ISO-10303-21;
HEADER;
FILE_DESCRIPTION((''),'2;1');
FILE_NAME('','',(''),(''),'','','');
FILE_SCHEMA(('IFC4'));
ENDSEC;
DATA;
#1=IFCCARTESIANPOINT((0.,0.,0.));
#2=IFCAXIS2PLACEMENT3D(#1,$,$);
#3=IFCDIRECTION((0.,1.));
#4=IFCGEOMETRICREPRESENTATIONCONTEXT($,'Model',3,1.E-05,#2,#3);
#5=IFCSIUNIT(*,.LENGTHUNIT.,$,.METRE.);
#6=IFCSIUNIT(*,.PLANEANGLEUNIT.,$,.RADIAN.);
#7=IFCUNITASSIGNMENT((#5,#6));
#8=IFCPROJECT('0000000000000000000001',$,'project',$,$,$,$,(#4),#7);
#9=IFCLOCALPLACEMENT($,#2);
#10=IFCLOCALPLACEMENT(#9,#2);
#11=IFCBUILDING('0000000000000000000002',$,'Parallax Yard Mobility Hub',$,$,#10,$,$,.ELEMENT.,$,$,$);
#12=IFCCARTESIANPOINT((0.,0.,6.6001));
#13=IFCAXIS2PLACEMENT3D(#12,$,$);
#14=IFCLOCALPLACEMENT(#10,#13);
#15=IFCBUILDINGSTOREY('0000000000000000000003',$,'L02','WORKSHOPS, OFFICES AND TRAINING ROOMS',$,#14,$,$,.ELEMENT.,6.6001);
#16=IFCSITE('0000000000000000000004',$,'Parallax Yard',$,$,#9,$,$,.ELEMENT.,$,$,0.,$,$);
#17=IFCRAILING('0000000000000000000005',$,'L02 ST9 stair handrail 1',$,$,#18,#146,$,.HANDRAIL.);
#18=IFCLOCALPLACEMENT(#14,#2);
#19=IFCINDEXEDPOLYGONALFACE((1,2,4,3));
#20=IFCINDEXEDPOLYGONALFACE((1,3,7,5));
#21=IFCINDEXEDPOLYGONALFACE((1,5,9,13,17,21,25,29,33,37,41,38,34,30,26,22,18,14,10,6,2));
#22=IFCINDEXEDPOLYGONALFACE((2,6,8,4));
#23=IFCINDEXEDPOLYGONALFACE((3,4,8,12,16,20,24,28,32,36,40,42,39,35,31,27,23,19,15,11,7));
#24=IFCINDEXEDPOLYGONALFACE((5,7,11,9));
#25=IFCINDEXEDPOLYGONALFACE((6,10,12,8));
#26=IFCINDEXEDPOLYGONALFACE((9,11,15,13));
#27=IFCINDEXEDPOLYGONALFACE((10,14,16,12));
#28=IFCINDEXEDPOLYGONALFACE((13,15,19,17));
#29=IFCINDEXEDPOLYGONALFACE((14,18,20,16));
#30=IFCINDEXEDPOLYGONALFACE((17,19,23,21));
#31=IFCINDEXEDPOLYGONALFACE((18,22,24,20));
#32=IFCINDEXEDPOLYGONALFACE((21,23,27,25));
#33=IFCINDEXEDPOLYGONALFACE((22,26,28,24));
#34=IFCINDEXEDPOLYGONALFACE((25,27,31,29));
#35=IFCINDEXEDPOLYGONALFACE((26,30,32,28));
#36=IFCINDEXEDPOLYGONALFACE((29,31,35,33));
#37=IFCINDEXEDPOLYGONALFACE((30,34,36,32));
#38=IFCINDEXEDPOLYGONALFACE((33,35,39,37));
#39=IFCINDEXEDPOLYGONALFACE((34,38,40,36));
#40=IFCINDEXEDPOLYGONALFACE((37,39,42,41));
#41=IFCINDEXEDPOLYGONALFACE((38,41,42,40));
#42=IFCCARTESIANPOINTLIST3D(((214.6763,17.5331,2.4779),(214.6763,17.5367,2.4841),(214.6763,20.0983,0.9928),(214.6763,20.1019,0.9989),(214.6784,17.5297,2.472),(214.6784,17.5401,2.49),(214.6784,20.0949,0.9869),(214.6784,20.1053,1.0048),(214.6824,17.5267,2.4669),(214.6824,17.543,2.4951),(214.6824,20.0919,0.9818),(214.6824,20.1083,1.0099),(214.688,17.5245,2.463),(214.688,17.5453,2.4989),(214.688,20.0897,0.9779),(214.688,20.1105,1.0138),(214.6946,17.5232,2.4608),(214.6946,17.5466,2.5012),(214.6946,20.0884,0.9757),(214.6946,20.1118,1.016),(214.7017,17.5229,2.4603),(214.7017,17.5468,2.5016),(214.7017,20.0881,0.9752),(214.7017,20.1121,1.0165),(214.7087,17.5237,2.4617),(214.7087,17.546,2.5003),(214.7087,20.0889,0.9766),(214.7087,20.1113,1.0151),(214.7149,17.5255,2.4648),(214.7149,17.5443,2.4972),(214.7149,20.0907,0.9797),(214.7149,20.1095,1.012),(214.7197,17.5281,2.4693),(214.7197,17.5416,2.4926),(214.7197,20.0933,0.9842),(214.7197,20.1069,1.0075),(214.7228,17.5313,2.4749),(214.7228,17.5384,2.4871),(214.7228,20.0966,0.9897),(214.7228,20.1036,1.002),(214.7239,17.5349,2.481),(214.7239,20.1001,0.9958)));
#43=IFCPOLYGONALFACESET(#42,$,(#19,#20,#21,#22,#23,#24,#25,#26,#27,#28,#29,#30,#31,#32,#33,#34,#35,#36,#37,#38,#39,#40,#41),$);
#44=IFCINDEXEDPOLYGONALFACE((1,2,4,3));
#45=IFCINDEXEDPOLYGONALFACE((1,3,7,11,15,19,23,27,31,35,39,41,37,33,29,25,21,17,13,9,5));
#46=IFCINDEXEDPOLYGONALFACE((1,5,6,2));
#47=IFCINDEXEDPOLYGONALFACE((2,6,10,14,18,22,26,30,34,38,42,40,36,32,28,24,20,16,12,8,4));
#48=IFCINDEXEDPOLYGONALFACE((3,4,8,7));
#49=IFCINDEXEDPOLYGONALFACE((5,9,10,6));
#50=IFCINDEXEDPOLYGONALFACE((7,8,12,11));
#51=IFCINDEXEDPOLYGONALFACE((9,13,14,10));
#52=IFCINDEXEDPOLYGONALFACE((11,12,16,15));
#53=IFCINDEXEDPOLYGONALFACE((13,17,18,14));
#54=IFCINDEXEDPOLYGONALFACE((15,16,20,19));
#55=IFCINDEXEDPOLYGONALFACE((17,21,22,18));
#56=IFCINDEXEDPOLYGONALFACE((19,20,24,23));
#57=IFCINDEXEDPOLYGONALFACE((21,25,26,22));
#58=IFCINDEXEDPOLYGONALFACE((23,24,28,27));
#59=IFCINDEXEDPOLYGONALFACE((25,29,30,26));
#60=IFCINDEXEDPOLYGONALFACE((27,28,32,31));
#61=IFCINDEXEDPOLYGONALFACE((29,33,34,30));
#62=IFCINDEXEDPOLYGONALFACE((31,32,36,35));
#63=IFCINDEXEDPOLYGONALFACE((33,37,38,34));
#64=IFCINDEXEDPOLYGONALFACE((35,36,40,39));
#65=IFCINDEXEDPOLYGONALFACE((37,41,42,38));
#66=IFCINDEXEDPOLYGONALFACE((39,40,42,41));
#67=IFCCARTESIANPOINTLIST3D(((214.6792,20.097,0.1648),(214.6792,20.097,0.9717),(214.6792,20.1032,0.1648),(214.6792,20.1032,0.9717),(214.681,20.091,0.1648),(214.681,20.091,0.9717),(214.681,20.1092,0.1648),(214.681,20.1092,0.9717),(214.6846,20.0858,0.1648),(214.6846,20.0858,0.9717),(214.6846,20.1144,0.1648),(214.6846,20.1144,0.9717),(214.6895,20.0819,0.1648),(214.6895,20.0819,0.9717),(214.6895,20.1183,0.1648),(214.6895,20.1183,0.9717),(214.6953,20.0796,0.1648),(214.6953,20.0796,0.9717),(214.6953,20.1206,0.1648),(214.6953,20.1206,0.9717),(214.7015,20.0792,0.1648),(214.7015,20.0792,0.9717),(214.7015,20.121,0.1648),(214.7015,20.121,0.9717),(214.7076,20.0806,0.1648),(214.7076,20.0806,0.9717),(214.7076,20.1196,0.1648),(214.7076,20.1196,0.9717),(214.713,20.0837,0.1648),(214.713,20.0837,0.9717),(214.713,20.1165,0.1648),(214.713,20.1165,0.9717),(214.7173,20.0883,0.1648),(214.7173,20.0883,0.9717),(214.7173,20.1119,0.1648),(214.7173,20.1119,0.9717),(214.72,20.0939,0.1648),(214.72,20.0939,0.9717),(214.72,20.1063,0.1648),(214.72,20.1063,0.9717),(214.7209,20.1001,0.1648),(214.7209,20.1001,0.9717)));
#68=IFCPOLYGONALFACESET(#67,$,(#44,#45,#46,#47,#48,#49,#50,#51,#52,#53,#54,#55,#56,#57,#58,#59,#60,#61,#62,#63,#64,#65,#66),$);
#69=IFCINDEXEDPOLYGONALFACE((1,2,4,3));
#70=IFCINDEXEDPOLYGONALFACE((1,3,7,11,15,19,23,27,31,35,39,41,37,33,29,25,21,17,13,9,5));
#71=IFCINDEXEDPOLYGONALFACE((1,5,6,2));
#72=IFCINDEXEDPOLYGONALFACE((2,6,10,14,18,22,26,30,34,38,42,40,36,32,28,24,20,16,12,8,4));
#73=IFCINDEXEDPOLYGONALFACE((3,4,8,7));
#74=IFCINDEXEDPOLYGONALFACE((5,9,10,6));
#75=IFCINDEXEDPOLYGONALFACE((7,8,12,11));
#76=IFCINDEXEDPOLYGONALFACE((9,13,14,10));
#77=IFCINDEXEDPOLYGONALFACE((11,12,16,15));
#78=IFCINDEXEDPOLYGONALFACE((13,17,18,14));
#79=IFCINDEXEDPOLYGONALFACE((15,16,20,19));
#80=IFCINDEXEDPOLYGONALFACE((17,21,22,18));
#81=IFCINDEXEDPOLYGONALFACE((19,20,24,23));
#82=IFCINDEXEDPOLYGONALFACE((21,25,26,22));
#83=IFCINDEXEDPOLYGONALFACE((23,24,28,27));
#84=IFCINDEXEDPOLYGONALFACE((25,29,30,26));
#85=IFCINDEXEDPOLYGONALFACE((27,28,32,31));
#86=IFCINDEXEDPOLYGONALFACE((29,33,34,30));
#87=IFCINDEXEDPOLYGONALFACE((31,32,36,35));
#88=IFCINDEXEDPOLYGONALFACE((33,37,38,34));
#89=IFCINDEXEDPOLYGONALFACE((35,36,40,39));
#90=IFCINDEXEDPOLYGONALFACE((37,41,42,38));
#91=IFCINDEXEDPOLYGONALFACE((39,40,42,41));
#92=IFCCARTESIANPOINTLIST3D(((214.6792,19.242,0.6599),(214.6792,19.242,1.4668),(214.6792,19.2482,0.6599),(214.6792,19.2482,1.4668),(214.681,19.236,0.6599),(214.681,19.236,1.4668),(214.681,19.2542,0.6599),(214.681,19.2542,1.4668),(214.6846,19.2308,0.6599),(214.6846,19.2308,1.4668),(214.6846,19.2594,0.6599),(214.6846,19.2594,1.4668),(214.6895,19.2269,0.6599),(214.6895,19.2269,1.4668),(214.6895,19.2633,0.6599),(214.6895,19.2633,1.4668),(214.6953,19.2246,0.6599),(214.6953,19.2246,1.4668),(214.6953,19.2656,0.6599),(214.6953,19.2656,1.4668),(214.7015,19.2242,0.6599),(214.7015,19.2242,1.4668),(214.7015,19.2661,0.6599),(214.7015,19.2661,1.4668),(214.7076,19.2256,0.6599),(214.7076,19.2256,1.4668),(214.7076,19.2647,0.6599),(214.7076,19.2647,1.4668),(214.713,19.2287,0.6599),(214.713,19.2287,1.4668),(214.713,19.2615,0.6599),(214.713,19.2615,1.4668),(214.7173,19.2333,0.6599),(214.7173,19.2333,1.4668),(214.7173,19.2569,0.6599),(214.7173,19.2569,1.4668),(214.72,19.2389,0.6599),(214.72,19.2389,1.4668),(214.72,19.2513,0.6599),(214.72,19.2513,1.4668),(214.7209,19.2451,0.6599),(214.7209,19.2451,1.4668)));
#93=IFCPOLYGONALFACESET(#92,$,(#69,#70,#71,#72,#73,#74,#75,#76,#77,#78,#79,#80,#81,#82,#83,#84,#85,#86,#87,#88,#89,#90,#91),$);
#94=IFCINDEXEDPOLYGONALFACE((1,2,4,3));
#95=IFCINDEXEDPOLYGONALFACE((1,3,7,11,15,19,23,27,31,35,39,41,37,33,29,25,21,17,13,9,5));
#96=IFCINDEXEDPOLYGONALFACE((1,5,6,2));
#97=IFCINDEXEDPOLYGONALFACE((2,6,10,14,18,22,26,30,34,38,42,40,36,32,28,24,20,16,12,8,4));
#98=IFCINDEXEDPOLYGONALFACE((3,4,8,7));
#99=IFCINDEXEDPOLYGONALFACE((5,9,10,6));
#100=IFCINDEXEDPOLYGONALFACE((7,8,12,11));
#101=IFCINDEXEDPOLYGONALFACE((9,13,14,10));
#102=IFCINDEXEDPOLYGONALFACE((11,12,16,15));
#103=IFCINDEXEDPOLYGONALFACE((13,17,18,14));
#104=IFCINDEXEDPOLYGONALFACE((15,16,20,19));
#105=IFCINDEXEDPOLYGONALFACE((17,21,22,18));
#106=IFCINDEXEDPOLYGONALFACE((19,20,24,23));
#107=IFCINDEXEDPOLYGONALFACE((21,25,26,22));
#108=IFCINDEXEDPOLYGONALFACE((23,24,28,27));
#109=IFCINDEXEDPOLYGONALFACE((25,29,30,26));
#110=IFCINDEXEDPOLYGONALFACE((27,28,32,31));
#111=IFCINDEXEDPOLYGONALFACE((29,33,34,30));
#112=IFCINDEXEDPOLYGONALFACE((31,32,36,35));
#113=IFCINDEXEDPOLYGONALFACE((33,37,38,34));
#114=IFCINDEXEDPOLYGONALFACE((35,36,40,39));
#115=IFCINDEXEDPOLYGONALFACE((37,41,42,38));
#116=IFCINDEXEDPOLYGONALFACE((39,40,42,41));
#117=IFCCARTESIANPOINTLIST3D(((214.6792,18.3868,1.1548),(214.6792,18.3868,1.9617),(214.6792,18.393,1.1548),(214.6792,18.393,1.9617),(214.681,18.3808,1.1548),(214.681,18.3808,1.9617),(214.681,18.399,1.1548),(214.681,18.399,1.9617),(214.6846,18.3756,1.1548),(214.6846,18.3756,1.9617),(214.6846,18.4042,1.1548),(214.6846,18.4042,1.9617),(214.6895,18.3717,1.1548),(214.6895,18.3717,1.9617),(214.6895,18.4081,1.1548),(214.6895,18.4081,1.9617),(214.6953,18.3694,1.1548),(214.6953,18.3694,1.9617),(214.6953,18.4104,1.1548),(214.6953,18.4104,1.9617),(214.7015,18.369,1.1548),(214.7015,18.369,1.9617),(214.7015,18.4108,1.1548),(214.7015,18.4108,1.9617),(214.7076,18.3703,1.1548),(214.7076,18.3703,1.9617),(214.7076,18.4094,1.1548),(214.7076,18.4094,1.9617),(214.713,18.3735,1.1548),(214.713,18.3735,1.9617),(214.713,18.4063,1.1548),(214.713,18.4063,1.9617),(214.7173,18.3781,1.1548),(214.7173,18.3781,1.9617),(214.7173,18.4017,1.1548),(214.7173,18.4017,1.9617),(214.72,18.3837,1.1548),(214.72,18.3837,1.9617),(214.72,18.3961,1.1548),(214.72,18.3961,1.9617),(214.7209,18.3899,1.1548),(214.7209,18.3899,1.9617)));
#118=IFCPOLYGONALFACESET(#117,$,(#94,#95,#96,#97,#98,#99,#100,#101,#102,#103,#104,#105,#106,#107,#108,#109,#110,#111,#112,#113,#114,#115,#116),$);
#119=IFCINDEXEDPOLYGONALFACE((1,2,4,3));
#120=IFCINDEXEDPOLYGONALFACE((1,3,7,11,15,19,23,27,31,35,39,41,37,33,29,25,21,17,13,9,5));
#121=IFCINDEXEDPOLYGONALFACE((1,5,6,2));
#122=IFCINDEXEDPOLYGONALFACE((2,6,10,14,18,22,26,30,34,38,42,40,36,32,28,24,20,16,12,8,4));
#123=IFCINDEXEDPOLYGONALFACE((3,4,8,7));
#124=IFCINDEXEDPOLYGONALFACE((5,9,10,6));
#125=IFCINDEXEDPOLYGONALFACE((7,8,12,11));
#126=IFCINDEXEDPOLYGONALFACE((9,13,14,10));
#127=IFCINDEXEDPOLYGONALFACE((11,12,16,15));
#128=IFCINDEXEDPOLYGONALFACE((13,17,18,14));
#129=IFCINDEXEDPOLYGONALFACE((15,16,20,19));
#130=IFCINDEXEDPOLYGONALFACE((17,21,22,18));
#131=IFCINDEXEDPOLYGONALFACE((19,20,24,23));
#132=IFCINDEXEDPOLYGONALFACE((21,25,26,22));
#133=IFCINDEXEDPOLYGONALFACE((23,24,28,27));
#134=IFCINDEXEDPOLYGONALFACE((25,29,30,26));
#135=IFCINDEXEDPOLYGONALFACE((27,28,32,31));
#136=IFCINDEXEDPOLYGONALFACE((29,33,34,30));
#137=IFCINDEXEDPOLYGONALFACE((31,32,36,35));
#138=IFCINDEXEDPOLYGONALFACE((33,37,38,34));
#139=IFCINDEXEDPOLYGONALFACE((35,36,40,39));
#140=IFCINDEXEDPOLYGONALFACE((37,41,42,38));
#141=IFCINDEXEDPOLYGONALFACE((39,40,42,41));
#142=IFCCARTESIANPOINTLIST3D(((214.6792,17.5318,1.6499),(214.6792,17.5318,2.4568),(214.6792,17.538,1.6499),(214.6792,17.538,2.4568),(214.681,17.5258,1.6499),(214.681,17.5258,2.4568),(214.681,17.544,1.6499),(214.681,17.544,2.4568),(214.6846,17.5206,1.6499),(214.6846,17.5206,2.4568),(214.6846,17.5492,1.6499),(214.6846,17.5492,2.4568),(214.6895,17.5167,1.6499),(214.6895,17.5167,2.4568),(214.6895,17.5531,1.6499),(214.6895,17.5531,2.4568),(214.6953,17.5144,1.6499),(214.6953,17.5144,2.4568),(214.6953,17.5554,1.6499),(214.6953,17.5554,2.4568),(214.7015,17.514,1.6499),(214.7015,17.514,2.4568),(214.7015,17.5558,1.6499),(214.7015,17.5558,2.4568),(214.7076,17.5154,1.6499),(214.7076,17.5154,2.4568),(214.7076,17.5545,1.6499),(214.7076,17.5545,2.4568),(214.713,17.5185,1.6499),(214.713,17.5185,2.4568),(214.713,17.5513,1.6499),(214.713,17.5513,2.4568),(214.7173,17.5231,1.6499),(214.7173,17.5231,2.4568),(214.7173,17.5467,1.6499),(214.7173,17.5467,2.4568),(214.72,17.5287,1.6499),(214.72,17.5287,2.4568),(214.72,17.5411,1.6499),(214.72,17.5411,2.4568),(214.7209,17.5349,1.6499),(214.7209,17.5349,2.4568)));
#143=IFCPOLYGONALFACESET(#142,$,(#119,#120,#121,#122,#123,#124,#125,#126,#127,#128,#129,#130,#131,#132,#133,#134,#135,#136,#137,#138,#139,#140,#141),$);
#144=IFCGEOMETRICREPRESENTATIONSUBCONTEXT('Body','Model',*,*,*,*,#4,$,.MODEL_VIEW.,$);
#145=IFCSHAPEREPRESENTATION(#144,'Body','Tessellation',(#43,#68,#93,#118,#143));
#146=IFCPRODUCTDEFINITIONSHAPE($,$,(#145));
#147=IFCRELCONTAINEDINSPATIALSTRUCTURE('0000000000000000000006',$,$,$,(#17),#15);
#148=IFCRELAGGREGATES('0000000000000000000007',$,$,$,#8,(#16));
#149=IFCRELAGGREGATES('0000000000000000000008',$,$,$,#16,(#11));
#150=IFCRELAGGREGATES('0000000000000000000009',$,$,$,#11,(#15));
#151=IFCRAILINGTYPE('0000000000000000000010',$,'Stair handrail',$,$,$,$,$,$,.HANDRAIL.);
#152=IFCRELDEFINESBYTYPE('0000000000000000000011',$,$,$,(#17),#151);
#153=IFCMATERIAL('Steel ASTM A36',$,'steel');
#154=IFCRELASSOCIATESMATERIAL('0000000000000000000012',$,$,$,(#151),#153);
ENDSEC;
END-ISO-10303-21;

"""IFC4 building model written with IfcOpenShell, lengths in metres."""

from ifc_helpers import new_model, si_unit, direction, frame, origin, origin_2d, place, context, subcontext, project, spatial, circle, extrude, material, type_object, element, save


model = new_model("IFC4")

# Units and contexts
model_context = context("Model", 3, precision=1e-05, world=origin(), true_north=direction((0.0, 1.0)))
body_context = subcontext(model_context, "Body", "Model", "MODEL_VIEW")
ifc_project = project(units=[si_unit("LENGTHUNIT", "METRE"), si_unit("PLANEANGLEUNIT", "RADIAN")], contexts=[model_context])

# Site, building, storey
site_placement = place(None, origin())
site = spatial("IfcSite", under=ifc_project, at=site_placement, Name="Parallax Yard", CompositionType="ELEMENT", RefElevation=0.0)
building_placement = place(site_placement, origin())
building = spatial("IfcBuilding", under=site, at=building_placement, Name="Parallax Yard Mobility Hub", CompositionType="ELEMENT")
storey_placement = place(building_placement, frame((0.0, 0.0, 6.6001)))
storey = spatial("IfcBuildingStorey", under=building, at=storey_placement, Name="L02", Description="WORKSHOPS, OFFICES AND TRAINING ROOMS", CompositionType="ELEMENT", Elevation=6.6001)

# Railing
ifc_material_1 = material(Name="Steel ASTM A36", Category="steel")
railing_type_1 = type_object("IfcRailingType", Name="Stair handrail", PredefinedType="HANDRAIL", material=ifc_material_1)
railing_1_placement = place(storey_placement, frame((214.7, 20.1001, 0.1648)))
element("IfcRailing", 1, at=railing_1_placement, inside=storey, type_object=railing_type_1, Name="L02 ST9 stair handrail 1", PredefinedType="HANDRAIL", context=body_context, shape_type="SweptSolid", body=[
    extrude(circle(Radius=0.0239, at=origin_2d()), frame((0.0, 0.0, 0.8311), z_axis=(0.0, -0.865426, 0.501036), x_axis=(1.0, 0.0, 0.0)), (0.0, 0.0, 1.0), 2.9641),
    extrude(circle(Radius=0.021, at=origin_2d()), origin(), (0.0, 0.0, 1.0), 0.8069),
    extrude(circle(Radius=0.021, at=origin_2d()), frame((0.0, -0.855, 0.4951)), (0.0, 0.0, 1.0), 0.8069),
    extrude(circle(Radius=0.021, at=origin_2d()), frame((0.0, -1.7102, 0.99)), (0.0, 0.0, 1.0), 0.8069),
    extrude(circle(Radius=0.021, at=origin_2d()), frame((0.0, -2.5652, 1.4851)), (0.0, 0.0, 1.0), 0.8069),
])

save(model, "model.ifc")
